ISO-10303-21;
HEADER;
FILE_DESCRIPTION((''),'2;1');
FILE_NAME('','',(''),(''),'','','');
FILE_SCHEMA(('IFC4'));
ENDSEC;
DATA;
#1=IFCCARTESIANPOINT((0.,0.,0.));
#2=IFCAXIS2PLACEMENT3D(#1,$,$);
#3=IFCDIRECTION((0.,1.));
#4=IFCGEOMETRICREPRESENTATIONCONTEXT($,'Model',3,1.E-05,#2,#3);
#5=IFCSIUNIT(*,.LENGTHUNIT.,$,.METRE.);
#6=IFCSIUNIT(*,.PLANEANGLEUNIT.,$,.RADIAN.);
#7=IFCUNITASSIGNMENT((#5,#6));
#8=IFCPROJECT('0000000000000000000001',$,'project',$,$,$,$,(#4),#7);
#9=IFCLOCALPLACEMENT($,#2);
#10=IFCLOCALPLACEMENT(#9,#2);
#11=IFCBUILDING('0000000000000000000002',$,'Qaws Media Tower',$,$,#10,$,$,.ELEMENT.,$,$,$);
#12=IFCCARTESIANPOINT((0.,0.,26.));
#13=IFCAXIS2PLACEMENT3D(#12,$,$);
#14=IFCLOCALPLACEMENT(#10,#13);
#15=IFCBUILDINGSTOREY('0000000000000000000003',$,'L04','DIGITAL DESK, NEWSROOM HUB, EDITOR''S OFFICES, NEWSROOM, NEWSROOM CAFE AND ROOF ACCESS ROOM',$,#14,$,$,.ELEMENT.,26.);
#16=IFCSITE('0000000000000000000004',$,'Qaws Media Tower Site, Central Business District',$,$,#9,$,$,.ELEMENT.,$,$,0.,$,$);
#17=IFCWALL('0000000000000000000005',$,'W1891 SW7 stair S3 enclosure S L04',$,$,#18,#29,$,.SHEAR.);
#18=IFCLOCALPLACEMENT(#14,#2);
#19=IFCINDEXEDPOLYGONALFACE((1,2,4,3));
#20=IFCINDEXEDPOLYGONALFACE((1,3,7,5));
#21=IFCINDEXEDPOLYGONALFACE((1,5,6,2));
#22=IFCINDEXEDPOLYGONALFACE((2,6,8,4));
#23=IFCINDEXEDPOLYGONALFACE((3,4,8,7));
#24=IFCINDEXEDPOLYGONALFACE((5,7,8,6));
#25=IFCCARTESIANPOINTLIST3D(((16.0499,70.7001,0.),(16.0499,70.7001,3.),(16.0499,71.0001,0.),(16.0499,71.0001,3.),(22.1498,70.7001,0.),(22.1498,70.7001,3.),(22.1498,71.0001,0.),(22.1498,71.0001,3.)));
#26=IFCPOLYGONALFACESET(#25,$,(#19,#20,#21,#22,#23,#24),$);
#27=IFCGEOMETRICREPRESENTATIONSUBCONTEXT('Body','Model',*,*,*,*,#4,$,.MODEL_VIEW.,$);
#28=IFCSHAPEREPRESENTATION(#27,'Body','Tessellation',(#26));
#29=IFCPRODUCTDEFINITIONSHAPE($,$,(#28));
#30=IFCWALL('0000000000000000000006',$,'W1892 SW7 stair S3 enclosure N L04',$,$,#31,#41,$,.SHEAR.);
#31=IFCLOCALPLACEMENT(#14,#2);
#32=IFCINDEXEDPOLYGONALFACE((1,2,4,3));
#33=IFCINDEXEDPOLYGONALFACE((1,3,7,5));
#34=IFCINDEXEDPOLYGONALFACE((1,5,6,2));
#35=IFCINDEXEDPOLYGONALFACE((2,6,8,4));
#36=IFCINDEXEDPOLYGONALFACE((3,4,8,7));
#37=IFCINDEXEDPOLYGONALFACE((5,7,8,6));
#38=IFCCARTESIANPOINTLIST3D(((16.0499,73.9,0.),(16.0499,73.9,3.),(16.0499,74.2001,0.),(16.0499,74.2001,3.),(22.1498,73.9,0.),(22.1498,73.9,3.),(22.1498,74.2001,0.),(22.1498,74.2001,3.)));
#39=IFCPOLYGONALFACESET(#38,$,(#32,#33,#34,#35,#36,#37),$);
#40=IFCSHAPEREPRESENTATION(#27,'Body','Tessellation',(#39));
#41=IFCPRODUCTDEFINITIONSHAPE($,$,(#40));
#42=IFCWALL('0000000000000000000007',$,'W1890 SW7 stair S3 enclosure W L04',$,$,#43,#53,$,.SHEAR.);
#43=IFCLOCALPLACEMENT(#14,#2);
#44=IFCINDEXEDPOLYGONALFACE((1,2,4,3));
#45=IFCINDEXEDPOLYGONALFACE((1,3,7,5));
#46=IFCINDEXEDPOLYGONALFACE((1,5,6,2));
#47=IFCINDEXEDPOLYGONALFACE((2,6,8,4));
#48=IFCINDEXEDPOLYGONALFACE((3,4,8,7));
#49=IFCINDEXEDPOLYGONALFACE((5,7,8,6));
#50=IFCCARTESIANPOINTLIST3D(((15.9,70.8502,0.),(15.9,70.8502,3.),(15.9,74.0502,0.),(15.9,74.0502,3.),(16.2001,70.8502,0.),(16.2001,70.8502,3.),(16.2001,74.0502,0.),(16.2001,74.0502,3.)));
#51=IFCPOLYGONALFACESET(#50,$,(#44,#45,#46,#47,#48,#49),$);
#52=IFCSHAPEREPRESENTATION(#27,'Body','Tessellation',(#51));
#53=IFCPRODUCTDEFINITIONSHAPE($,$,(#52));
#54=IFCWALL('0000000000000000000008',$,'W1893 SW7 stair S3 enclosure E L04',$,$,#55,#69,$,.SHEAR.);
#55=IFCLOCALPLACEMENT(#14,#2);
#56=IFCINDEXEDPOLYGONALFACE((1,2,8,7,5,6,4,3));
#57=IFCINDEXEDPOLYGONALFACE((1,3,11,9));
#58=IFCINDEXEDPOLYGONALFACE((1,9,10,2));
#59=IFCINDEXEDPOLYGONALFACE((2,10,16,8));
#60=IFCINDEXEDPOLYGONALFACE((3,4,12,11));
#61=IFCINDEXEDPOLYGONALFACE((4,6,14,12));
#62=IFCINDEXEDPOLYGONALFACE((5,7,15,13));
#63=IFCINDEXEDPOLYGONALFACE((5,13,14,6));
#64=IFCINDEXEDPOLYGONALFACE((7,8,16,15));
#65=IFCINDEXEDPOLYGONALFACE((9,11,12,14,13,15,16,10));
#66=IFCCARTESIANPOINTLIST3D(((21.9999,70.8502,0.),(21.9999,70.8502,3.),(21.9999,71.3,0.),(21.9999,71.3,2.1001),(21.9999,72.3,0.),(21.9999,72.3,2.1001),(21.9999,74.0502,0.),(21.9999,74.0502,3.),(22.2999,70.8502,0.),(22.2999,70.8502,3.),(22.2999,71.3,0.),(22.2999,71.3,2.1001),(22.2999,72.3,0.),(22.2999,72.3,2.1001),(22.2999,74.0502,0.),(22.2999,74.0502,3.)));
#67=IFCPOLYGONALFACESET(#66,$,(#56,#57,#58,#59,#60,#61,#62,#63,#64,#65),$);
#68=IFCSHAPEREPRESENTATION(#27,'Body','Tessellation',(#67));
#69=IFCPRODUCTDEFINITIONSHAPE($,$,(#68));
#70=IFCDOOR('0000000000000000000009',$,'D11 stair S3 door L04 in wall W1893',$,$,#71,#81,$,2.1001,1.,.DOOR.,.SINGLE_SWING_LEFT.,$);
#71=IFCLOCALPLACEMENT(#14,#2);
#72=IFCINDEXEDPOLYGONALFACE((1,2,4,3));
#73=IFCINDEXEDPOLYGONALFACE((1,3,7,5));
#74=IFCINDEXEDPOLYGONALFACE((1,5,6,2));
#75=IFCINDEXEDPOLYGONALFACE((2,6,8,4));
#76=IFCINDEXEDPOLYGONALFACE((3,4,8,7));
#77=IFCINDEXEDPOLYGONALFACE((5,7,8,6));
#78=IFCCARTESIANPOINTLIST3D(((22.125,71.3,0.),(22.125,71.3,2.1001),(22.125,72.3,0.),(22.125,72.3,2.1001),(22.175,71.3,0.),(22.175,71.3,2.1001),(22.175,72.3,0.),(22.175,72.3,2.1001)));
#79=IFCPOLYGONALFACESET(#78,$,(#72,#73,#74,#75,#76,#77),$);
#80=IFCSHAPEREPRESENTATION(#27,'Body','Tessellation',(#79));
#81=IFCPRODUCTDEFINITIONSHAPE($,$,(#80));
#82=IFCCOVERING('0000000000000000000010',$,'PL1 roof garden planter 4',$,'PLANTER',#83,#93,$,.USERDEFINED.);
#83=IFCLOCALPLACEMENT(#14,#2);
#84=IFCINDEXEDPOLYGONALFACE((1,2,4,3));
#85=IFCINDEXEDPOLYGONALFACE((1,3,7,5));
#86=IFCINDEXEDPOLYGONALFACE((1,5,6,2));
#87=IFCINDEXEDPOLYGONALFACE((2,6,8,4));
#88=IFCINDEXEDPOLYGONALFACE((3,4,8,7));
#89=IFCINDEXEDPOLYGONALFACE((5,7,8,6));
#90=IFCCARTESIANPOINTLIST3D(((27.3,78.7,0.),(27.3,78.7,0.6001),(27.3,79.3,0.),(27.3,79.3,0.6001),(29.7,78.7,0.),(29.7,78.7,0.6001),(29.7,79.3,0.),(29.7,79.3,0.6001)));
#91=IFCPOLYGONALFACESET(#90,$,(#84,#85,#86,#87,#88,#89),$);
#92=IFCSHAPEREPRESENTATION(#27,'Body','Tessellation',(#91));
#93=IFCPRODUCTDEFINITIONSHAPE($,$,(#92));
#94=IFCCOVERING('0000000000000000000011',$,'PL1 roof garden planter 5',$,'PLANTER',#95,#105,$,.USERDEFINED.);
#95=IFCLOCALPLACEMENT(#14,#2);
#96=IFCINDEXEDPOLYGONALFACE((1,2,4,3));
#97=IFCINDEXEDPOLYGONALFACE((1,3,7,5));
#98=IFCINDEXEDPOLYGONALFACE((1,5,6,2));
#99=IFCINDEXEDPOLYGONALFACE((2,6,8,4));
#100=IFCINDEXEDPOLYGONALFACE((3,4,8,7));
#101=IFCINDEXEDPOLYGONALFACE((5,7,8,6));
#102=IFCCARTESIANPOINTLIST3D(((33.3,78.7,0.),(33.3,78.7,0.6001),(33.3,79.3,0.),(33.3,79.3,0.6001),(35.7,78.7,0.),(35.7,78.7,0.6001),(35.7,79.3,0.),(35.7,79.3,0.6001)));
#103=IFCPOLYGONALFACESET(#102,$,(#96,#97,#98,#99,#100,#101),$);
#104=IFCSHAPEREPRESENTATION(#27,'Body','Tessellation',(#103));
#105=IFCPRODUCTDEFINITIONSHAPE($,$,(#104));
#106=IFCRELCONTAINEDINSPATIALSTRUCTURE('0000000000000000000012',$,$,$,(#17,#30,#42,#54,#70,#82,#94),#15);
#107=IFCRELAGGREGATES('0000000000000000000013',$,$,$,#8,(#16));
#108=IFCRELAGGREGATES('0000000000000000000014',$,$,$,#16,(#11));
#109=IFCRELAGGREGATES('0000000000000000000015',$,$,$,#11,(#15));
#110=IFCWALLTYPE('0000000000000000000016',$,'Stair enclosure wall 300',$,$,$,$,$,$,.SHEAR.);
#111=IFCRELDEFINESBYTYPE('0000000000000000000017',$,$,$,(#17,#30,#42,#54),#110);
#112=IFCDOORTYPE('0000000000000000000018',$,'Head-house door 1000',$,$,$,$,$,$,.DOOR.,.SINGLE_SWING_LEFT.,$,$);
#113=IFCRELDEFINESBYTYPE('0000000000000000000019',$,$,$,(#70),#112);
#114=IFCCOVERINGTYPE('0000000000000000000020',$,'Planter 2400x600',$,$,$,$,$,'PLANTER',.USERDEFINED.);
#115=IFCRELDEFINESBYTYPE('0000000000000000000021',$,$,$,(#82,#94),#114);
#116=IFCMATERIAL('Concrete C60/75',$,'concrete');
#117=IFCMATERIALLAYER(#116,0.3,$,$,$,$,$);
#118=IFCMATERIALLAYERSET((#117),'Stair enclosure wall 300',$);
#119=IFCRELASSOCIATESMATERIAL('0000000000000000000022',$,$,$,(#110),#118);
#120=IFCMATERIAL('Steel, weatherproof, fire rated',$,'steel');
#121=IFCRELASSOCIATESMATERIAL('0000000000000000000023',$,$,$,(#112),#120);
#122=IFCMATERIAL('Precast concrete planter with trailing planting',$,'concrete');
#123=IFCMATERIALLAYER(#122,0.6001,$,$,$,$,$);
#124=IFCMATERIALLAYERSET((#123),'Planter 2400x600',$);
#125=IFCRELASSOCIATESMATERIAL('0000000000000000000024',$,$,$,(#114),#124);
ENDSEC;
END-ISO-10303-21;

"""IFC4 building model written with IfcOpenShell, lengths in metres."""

from ifc_helpers import new_model, si_unit, direction, frame, frame_2d, origin, origin_2d, place, context, subcontext, project, spatial, rectangle, extrude, material, layer, layer_set, type_object, element, fill, save


model = new_model("IFC4")

# Units and contexts
model_context = context("Model", 3, precision=1e-05, world=origin(), true_north=direction((0.0, 1.0)))
body_context = subcontext(model_context, "Body", "Model", "MODEL_VIEW")
ifc_project = project(units=[si_unit("LENGTHUNIT", "METRE"), si_unit("PLANEANGLEUNIT", "RADIAN")], contexts=[model_context])

# Site, building, storey
site_placement = place(None, origin())
site = spatial("IfcSite", under=ifc_project, at=site_placement, Name="Qaws Media Tower Site, Central Business District", CompositionType="ELEMENT", RefElevation=0.0)
building_placement = place(site_placement, origin())
building = spatial("IfcBuilding", under=site, at=building_placement, Name="Qaws Media Tower", CompositionType="ELEMENT")
storey_placement = place(building_placement, frame((0.0, 0.0, 26.0)))
storey = spatial("IfcBuildingStorey", under=building, at=storey_placement, Name="L04", Description="DIGITAL DESK, NEWSROOM HUB, EDITOR'S OFFICES, NEWSROOM, NEWSROOM CAFE AND ROOF ACCESS ROOM", CompositionType="ELEMENT", Elevation=26.0)

# Walls
ifc_material_1 = material(Name="Concrete C60/75", Category="concrete")
ifc_layer_1 = layer(ifc_material_1, 0.3)
ifc_layer_set_1 = layer_set([ifc_layer_1], Name="Stair enclosure wall 300")
wall_type = type_object("IfcWallType", Name="Stair enclosure wall 300", PredefinedType="SHEAR", material=ifc_layer_set_1)
for number, where, z_axis, x_axis, name in (
    (1, (16.05, 70.8501, 0.0), (0.0, 0.0, 1.0), (1.0, 0.0, 0.0), "W1891 SW7 stair S3 enclosure S L04"),
    (2, (16.05, 74.05, 0.0), (0.0, 0.0, 1.0), (1.0, 0.0, 0.0), "W1892 SW7 stair S3 enclosure N L04"),
):
    element("IfcWall", number, at=place(storey_placement, frame(where, z_axis=z_axis, x_axis=x_axis)), inside=storey, type_object=wall_type, Name=name, PredefinedType="SHEAR", context=body_context, shape_type="SweptSolid", body=[
        extrude(rectangle(XDim=6.0999, YDim=0.3, at=frame_2d((3.0498, 0.0))), origin(), (0.0, 0.0, 1.0), 3.0),
    ])
wall_1_placement = place(storey_placement, frame((16.05, 70.8501, 0.0), z_axis=(0.0, 0.0, 1.0), x_axis=(0.0, 1.0, 0.0)))
element("IfcWall", 3, at=wall_1_placement, inside=storey, type_object=wall_type, Name="W1890 SW7 stair S3 enclosure W L04", PredefinedType="SHEAR", context=body_context, shape_type="SweptSolid", body=[
    extrude(rectangle(XDim=3.2, YDim=0.3, at=frame_2d((1.6001, 0.0))), origin(), (0.0, 0.0, 1.0), 3.0),
])

# Wall, opening, door
wall_2_placement = place(storey_placement, frame((22.1499, 70.8501, 0.0), z_axis=(0.0, 0.0, 1.0), x_axis=(0.0, 1.0, 0.0)))
wall_2 = element("IfcWall", 4, at=wall_2_placement, inside=storey, type_object=wall_type, Name="W1893 SW7 stair S3 enclosure E L04", PredefinedType="SHEAR", context=body_context, shape_type="SweptSolid", body=[
    extrude(rectangle(XDim=3.2, YDim=0.3, at=frame_2d((1.6001, 0.0))), origin(), (0.0, 0.0, 1.0), 3.0),
])
opening_placement = place(wall_2_placement, frame((0.45, 0.0, 0.0)))
opening = element("IfcOpeningElement", 5, at=opening_placement, cuts=wall_2, PredefinedType="OPENING", context=body_context, shape_type="SweptSolid", body=[
    extrude(rectangle(XDim=1.0, YDim=2.1001, at=frame_2d((0.5, 1.05))), frame((0.0, 0.1599, 0.0), z_axis=(0.0, -1.0, 0.0), x_axis=(1.0, 0.0, 0.0)), (0.0, 0.0, 1.0), 0.3201),
])
ifc_material_2 = material(Name="Steel, weatherproof, fire rated", Category="steel")
door_type = type_object("IfcDoorType", Name="Head-house door 1000", OperationType="SINGLE_SWING_LEFT", PredefinedType="DOOR", material=ifc_material_2)
door_placement = place(opening_placement, origin())
door = element("IfcDoor", 6, at=door_placement, inside=storey, type_object=door_type, Name="D11 stair S3 door L04 in wall W1893", OperationType="SINGLE_SWING_LEFT", OverallHeight=2.1001, OverallWidth=1.0, PredefinedType="DOOR", context=body_context, shape_type="SweptSolid", body=[
    extrude(rectangle(XDim=1.0, YDim=2.1001, at=frame_2d((0.5, 1.05))), frame((0.0, 0.0249, 0.0), z_axis=(0.0, -1.0, 0.0), x_axis=(1.0, 0.0, 0.0)), (0.0, 0.0, 1.0), 0.05),
])
fill(opening, door)

# Coverings
ifc_material_3 = material(Name="Precast concrete planter with trailing planting", Category="concrete")
ifc_layer_2 = layer(ifc_material_3, 0.6001)
ifc_layer_set_2 = layer_set([ifc_layer_2], Name="Planter 2400x600")
covering_type = type_object("IfcCoveringType", Name="Planter 2400x600", ElementType="PLANTER", PredefinedType="USERDEFINED", material=ifc_layer_set_2)
for number, where, z_axis, x_axis, name in (
    (7, (28.5, 79.0, 0.0), (0.0, 0.0, 1.0), (1.0, 0.0, 0.0), "PL1 roof garden planter 4"),
    (8, (34.5, 79.0, 0.0), (0.0, 0.0, 1.0), (1.0, 0.0, 0.0), "PL1 roof garden planter 5"),
):
    element("IfcCovering", number, at=place(storey_placement, frame(where, z_axis=z_axis, x_axis=x_axis)), inside=storey, type_object=covering_type, Name=name, ObjectType="PLANTER", PredefinedType="USERDEFINED", context=body_context, shape_type="SweptSolid", body=[
        extrude(rectangle(XDim=2.3999, YDim=0.6001, at=origin_2d()), origin(), (0.0, 0.0, 1.0), 0.6001),
    ])

save(model, "model.ifc")
